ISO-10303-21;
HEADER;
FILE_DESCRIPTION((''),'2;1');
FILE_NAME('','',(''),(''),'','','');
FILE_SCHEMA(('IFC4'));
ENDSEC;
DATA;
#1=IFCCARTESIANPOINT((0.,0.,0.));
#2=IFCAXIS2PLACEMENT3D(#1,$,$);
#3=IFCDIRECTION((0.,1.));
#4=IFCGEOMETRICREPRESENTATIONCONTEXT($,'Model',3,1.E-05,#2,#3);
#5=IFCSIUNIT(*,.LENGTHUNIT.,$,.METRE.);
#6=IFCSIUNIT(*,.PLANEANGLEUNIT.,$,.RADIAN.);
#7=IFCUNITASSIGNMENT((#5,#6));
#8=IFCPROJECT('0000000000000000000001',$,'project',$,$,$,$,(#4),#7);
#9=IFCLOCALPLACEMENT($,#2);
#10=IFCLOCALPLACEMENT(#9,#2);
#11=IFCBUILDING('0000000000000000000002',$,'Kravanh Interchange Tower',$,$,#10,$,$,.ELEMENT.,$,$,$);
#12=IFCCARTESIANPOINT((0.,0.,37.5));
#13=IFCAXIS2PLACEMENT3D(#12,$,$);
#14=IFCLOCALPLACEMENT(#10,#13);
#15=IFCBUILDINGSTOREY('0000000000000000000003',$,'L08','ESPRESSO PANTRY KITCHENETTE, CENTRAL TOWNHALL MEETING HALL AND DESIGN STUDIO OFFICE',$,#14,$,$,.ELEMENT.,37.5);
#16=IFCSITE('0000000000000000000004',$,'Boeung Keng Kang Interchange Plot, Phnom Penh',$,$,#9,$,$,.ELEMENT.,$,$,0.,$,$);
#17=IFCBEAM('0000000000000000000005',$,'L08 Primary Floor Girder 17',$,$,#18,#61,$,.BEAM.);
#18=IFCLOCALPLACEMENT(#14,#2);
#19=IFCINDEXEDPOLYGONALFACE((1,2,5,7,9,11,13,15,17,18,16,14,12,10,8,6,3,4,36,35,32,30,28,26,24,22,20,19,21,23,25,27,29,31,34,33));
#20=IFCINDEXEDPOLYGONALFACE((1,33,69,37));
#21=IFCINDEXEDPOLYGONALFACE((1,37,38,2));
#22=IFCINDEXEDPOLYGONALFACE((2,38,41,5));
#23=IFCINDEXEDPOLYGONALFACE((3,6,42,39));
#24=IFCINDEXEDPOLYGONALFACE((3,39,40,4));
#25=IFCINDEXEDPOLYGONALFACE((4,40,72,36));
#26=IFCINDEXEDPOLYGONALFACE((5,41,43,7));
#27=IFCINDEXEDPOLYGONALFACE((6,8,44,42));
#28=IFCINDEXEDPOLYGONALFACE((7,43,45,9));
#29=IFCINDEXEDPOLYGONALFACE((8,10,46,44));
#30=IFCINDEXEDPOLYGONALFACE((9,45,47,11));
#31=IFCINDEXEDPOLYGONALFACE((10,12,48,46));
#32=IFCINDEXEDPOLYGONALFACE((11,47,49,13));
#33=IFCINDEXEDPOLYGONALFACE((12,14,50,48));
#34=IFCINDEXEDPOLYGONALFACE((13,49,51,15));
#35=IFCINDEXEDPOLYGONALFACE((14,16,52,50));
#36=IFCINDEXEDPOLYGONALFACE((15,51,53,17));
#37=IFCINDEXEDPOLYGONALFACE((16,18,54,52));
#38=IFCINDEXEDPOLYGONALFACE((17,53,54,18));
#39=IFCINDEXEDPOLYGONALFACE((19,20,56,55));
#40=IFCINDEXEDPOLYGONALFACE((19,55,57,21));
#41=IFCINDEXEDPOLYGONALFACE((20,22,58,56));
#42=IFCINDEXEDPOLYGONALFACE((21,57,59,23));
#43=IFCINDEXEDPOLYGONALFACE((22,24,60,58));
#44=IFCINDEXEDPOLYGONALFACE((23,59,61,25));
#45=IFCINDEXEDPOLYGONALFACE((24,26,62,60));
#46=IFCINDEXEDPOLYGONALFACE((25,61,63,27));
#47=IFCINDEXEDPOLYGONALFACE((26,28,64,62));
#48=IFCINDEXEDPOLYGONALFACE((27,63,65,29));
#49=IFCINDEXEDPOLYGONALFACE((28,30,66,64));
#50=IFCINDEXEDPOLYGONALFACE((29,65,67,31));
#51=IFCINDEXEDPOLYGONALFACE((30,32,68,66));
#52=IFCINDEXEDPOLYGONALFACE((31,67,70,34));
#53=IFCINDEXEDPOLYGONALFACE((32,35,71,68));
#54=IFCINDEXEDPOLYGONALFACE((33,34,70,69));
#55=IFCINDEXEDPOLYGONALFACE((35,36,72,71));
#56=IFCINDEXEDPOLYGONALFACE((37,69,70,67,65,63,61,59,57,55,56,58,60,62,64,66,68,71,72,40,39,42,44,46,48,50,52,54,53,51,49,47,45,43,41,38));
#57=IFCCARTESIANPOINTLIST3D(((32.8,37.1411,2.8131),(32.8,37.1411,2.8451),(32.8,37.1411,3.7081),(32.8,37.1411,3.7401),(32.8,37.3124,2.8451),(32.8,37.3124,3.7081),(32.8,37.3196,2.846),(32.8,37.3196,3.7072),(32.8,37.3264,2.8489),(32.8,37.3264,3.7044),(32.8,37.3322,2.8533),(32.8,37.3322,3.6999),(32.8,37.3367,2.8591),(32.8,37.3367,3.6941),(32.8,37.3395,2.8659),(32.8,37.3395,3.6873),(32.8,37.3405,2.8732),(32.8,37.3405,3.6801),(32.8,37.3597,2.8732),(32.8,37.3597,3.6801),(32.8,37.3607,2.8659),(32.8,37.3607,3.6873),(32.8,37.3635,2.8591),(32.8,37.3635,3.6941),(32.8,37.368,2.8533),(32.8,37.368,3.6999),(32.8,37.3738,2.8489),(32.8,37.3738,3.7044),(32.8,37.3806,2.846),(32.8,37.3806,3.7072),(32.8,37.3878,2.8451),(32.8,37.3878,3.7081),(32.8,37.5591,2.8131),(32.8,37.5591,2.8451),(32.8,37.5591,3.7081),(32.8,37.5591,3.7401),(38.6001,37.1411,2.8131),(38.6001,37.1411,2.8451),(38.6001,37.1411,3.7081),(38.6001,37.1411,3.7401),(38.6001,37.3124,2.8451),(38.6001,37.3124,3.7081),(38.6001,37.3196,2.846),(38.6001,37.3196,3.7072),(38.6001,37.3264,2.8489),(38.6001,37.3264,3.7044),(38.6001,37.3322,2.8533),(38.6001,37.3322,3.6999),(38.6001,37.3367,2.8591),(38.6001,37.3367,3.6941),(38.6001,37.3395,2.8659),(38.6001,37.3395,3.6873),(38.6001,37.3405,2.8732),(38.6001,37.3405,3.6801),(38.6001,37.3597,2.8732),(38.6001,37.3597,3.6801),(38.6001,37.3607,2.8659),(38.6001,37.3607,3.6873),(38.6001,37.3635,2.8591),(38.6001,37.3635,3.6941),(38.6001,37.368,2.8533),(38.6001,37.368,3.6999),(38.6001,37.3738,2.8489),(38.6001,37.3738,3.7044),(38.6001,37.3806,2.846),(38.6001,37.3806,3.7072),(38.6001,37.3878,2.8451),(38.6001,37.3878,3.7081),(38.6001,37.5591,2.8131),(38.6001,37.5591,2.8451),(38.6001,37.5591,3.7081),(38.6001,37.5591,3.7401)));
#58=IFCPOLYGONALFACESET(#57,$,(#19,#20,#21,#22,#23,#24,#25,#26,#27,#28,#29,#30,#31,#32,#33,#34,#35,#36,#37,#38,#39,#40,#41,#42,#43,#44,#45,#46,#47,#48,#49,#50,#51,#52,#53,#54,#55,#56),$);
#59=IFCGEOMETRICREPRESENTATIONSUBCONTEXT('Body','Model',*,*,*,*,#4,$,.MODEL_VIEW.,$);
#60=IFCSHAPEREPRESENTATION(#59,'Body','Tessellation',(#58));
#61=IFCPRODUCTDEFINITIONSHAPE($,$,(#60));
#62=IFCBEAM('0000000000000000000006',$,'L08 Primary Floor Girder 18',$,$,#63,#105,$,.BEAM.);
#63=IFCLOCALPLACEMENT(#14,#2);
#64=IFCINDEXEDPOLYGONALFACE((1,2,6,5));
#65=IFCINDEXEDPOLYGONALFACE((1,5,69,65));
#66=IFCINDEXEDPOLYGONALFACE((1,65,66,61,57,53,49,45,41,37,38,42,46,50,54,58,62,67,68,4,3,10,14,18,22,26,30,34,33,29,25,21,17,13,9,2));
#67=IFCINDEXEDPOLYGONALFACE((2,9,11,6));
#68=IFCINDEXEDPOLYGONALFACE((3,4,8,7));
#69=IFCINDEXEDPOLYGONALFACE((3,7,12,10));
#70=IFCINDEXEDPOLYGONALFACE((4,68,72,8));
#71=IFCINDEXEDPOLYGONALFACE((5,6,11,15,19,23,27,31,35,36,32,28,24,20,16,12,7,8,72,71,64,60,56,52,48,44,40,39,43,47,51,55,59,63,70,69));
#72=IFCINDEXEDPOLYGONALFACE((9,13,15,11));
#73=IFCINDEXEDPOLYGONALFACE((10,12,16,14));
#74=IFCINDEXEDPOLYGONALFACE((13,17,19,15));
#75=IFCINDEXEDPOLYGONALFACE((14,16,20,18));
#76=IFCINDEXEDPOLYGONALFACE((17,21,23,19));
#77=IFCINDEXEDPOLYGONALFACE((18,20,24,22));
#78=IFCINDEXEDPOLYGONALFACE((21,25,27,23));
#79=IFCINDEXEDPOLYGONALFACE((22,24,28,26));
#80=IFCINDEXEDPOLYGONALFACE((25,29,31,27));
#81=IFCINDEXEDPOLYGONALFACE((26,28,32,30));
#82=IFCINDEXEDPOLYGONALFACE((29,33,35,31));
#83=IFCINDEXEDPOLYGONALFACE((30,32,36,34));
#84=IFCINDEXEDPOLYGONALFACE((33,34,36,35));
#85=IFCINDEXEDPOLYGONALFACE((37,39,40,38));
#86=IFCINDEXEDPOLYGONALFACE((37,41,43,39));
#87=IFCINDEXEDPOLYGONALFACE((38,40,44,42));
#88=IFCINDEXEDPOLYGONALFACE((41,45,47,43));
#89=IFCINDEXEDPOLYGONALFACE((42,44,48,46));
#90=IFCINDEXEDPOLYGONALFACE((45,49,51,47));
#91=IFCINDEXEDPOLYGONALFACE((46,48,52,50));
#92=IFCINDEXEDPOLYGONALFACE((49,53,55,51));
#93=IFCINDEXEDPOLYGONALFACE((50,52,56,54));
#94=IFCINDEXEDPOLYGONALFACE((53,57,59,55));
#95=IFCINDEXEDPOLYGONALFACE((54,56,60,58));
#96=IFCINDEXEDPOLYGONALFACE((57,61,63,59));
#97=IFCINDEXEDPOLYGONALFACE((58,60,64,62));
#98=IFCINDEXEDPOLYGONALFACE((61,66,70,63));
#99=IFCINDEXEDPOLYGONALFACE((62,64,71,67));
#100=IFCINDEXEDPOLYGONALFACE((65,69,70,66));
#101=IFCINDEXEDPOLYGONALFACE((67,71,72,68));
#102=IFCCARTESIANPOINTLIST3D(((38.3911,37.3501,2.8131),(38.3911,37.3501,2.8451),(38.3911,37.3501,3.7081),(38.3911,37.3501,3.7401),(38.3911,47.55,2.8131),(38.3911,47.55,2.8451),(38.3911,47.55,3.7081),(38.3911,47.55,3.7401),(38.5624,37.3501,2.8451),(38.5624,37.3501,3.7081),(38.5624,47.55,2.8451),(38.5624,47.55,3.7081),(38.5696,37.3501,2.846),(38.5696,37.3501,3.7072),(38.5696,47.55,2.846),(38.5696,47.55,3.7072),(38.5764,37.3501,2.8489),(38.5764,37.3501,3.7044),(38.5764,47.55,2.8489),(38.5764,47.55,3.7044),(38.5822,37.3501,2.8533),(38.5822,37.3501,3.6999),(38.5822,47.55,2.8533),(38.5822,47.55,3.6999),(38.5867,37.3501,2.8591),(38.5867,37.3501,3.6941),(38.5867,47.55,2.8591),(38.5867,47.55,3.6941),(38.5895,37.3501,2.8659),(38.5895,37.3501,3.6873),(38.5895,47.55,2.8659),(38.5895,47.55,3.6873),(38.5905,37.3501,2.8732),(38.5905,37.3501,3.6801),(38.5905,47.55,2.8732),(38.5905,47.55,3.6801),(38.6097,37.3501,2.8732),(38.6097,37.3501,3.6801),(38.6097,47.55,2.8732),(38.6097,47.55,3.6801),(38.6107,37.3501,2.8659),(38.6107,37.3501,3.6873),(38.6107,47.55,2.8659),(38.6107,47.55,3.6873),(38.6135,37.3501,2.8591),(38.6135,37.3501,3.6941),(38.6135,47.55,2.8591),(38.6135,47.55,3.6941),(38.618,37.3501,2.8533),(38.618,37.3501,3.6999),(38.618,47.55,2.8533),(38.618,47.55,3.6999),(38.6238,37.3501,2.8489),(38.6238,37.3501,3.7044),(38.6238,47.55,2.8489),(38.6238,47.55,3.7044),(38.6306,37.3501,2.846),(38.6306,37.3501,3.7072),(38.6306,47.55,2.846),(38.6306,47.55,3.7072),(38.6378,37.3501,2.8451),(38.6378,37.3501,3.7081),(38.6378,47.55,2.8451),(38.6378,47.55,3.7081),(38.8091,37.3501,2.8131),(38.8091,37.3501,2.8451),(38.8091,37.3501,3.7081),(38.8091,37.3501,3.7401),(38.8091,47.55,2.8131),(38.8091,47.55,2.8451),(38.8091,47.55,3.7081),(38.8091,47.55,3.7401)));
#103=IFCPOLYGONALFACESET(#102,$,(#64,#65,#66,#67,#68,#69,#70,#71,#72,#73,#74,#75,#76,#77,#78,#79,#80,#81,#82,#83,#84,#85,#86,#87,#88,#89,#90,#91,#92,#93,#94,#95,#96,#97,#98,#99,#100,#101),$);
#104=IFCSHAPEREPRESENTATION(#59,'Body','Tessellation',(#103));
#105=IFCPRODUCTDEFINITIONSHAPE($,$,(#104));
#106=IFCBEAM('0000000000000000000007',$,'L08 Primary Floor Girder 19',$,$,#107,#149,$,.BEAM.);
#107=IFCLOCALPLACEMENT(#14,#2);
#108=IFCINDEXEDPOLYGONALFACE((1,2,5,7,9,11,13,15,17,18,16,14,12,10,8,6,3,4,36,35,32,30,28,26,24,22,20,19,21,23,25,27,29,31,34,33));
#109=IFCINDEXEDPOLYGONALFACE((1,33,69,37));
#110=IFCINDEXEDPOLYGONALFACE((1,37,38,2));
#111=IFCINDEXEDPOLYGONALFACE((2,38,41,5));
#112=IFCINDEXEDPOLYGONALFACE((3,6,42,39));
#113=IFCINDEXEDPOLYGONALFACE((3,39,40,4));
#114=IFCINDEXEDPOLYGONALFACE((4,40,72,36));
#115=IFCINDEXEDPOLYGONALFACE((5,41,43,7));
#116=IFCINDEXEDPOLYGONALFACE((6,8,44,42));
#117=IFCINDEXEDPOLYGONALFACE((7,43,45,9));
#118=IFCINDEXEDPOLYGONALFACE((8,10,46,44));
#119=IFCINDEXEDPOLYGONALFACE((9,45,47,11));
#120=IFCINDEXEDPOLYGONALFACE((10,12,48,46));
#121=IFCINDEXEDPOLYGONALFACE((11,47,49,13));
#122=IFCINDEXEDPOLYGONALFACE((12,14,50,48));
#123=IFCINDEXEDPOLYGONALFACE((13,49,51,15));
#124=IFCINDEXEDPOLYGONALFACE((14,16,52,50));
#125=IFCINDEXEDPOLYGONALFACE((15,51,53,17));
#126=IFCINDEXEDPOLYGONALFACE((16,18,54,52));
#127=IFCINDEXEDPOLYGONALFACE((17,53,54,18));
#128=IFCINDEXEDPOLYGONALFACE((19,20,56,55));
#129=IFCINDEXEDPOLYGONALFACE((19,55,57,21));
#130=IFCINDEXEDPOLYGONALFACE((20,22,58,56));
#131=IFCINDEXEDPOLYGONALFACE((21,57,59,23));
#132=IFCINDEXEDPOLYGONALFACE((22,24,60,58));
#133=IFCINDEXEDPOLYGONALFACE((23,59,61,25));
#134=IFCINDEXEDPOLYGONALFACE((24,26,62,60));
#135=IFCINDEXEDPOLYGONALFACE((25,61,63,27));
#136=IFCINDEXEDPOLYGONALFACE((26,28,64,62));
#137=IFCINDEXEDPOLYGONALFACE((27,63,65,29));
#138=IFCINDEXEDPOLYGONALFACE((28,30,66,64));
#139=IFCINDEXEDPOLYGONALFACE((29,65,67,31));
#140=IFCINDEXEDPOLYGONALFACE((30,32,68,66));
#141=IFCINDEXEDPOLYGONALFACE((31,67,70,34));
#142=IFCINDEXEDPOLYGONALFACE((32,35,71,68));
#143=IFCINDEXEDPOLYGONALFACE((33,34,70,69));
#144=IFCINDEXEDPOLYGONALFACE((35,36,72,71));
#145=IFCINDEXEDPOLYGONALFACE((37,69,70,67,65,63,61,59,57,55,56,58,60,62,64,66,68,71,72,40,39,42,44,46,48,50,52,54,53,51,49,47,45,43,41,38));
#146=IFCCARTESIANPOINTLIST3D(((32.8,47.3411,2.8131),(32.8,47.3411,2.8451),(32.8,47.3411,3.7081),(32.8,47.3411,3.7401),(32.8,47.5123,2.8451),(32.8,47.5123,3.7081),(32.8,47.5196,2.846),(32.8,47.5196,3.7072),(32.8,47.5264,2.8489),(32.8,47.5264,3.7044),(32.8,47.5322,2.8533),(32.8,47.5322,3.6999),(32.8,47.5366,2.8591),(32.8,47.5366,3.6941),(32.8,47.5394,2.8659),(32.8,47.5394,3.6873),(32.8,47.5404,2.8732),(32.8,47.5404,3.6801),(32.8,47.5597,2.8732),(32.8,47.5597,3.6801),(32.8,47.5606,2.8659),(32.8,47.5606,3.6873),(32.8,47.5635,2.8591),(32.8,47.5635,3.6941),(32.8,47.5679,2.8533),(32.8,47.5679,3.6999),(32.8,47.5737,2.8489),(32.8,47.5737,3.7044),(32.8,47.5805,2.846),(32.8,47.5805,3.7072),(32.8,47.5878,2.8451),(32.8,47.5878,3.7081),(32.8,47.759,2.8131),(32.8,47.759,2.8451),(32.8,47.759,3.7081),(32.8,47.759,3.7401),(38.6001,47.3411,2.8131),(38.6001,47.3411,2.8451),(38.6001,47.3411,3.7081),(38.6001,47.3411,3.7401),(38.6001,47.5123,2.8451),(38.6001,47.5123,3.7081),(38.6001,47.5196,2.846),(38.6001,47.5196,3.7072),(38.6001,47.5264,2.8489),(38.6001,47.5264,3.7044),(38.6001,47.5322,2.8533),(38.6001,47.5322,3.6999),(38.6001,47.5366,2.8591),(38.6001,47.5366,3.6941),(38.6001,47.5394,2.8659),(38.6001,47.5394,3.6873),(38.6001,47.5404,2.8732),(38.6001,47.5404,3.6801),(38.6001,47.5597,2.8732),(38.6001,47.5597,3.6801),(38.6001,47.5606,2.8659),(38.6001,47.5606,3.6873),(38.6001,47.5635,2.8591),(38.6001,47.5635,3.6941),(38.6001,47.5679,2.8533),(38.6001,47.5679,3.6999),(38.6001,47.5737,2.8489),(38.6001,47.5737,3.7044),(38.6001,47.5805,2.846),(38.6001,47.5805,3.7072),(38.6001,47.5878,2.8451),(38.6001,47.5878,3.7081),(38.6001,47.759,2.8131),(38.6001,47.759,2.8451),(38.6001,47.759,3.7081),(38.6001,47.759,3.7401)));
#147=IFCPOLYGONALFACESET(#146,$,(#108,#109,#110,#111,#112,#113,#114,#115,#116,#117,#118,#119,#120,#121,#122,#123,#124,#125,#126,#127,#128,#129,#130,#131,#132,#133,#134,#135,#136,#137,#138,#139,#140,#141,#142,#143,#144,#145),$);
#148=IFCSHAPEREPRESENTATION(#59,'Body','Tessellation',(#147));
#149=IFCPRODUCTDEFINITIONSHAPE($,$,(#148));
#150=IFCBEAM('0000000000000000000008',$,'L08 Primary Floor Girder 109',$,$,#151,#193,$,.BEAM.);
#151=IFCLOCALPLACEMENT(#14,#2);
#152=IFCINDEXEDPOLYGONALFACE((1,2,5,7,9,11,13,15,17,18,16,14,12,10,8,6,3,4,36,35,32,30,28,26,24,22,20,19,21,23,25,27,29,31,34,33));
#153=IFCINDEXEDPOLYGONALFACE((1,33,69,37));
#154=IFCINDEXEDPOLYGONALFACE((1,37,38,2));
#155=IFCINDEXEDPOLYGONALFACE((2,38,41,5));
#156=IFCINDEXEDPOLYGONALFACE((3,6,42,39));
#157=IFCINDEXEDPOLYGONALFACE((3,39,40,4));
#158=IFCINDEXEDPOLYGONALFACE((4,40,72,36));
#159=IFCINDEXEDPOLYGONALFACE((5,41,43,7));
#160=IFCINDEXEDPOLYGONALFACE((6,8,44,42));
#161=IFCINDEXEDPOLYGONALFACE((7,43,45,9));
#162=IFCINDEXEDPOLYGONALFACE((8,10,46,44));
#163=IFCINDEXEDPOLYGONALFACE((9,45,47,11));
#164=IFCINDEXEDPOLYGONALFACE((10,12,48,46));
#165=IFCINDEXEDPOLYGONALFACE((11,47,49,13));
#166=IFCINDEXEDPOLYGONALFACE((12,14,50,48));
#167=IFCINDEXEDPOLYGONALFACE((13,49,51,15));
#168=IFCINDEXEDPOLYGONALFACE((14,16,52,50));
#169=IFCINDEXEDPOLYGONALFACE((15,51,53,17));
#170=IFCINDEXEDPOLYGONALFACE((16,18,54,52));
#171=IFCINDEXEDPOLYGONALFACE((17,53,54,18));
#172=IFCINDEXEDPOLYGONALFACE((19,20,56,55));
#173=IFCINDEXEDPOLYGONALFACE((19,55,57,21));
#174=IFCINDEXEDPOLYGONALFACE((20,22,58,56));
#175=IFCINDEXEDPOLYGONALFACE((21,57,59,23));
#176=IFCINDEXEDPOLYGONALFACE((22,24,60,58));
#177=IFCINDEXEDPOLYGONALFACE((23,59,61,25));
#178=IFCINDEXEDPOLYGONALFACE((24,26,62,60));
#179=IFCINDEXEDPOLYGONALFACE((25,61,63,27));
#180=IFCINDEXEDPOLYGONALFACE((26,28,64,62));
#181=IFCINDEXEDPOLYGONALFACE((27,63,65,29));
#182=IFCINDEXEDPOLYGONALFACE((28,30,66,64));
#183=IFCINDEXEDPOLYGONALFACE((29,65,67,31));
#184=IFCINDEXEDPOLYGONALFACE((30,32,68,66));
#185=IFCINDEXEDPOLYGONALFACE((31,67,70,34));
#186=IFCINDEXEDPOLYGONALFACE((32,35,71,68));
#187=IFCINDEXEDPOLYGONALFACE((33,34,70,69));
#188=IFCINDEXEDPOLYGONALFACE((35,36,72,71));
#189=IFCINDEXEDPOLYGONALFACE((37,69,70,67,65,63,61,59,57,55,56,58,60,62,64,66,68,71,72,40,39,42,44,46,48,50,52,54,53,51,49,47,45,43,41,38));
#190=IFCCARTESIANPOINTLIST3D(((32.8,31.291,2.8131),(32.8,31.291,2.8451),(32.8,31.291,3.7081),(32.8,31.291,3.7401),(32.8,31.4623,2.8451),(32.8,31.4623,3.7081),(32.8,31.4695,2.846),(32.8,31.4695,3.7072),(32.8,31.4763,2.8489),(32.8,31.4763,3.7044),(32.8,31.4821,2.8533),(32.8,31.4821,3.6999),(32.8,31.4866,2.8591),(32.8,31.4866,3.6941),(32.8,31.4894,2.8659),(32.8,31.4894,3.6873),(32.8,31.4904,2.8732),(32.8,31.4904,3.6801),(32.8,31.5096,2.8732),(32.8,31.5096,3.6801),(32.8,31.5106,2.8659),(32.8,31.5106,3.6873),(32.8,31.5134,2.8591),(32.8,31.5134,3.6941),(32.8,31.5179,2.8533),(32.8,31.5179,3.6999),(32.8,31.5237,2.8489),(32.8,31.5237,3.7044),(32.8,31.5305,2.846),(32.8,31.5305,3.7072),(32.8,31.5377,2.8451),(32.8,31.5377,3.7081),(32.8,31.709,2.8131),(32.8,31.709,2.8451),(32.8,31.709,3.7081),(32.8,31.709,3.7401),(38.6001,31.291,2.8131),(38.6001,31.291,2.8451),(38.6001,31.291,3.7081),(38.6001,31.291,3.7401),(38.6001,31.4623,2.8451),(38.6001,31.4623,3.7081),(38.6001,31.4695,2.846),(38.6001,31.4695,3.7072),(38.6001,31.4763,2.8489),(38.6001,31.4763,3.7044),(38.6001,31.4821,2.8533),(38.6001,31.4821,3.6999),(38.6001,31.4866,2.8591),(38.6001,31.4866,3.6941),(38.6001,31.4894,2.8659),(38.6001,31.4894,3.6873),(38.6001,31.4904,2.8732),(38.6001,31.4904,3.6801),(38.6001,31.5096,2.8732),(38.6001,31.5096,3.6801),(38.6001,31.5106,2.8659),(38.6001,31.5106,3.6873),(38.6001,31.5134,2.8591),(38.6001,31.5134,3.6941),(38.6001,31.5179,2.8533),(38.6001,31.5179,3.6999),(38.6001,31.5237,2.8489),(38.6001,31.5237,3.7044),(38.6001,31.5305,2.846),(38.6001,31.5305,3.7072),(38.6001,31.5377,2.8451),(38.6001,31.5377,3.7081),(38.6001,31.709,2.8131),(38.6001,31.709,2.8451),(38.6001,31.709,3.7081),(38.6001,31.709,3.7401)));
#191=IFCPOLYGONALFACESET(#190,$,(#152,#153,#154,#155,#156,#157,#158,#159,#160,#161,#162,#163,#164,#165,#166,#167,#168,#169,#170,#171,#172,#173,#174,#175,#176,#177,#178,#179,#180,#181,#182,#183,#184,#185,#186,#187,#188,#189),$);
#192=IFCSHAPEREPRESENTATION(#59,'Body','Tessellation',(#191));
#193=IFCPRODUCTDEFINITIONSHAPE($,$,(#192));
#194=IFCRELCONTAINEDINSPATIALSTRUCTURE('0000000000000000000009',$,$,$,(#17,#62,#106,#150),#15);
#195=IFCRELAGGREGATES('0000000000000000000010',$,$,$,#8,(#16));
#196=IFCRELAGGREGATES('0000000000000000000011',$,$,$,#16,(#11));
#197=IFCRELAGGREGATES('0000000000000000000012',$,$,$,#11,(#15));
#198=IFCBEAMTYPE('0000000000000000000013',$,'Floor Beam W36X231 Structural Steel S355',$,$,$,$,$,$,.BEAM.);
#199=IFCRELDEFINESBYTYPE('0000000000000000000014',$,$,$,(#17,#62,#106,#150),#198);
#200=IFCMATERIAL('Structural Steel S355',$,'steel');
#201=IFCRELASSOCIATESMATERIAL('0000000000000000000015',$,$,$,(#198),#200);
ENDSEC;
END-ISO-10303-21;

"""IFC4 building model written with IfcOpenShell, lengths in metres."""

from ifc_helpers import new_model, si_unit, direction, frame, origin, origin_2d, place, context, subcontext, project, spatial, i_section, extrude, material, material_profile, profile_set, type_object, element, save


model = new_model("IFC4")

# Units and contexts
model_context = context("Model", 3, precision=1e-05, world=origin(), true_north=direction((0.0, 1.0)))
body_context = subcontext(model_context, "Body", "Model", "MODEL_VIEW")
ifc_project = project(units=[si_unit("LENGTHUNIT", "METRE"), si_unit("PLANEANGLEUNIT", "RADIAN")], contexts=[model_context])

# Site, building, storey
site_placement = place(None, origin())
site = spatial("IfcSite", under=ifc_project, at=site_placement, Name="Boeung Keng Kang Interchange Plot, Phnom Penh", CompositionType="ELEMENT", RefElevation=0.0)
building_placement = place(site_placement, origin())
building = spatial("IfcBuilding", under=site, at=building_placement, Name="Kravanh Interchange Tower", CompositionType="ELEMENT")
storey_placement = place(building_placement, frame((0.0, 0.0, 37.5)))
storey = spatial("IfcBuildingStorey", under=building, at=storey_placement, Name="L08", Description="ESPRESSO PANTRY KITCHENETTE, CENTRAL TOWNHALL MEETING HALL AND DESIGN STUDIO OFFICE", CompositionType="ELEMENT", Elevation=37.5)

# Beams
ifc_material_1 = material(Name="Structural Steel S355", Category="steel")
ifc_material_profile_1 = material_profile(ifc_material_1, i_section(OverallWidth=0.418, OverallDepth=0.927, WebThickness=0.0193, FlangeThickness=0.032, FilletRadius=0.0281, at=origin_2d()), Name="W36X231")
ifc_profile_set_1 = profile_set([ifc_material_profile_1], Name="Structural Steel S355")
beam_type_1 = type_object("IfcBeamType", Name="Floor Beam W36X231 Structural Steel S355", PredefinedType="BEAM", material=ifc_profile_set_1)
beam_1_placement = place(storey_placement, frame((38.6001, 37.3501, 3.2766), z_axis=(-1.0, 0.0, 0.0), x_axis=(0.0, -1.0, 0.0)))
element("IfcBeam", 1, at=beam_1_placement, inside=storey, type_object=beam_type_1, Name="L08 Primary Floor Girder 17", PredefinedType="BEAM", context=body_context, shape_type="SweptSolid", body=[
    extrude(i_section(OverallWidth=0.418, OverallDepth=0.927, WebThickness=0.0193, FlangeThickness=0.032, FilletRadius=0.0281, at=origin_2d()), origin(), (0.0, 0.0, 1.0), 5.8),
])
beam_2_placement = place(storey_placement, frame((38.6001, 37.3501, 3.2766), z_axis=(0.0, 1.0, 0.0), x_axis=(-1.0, 0.0, 0.0)))
element("IfcBeam", 2, at=beam_2_placement, inside=storey, type_object=beam_type_1, Name="L08 Primary Floor Girder 18", PredefinedType="BEAM", context=body_context, shape_type="SweptSolid", body=[
    extrude(i_section(OverallWidth=0.418, OverallDepth=0.927, WebThickness=0.0193, FlangeThickness=0.032, FilletRadius=0.0281, at=origin_2d()), origin(), (0.0, 0.0, 1.0), 10.2),
])
for number, where, z_axis, x_axis, name in (
    (3, (38.6001, 47.55, 3.2766), (-1.0, 0.0, 0.0), (0.0, -1.0, 0.0), "L08 Primary Floor Girder 19"),
    (4, (32.8, 31.5, 3.2766), (1.0, 0.0, 0.0), (0.0, 1.0, 0.0), "L08 Primary Floor Girder 109"),
):
    element("IfcBeam", number, at=place(storey_placement, frame(where, z_axis=z_axis, x_axis=x_axis)), inside=storey, type_object=beam_type_1, Name=name, PredefinedType="BEAM", context=body_context, shape_type="SweptSolid", body=[
        extrude(i_section(OverallWidth=0.418, OverallDepth=0.927, WebThickness=0.0193, FlangeThickness=0.032, FilletRadius=0.0281, at=origin_2d()), origin(), (0.0, 0.0, 1.0), 5.8),
    ])

save(model, "model.ifc")
